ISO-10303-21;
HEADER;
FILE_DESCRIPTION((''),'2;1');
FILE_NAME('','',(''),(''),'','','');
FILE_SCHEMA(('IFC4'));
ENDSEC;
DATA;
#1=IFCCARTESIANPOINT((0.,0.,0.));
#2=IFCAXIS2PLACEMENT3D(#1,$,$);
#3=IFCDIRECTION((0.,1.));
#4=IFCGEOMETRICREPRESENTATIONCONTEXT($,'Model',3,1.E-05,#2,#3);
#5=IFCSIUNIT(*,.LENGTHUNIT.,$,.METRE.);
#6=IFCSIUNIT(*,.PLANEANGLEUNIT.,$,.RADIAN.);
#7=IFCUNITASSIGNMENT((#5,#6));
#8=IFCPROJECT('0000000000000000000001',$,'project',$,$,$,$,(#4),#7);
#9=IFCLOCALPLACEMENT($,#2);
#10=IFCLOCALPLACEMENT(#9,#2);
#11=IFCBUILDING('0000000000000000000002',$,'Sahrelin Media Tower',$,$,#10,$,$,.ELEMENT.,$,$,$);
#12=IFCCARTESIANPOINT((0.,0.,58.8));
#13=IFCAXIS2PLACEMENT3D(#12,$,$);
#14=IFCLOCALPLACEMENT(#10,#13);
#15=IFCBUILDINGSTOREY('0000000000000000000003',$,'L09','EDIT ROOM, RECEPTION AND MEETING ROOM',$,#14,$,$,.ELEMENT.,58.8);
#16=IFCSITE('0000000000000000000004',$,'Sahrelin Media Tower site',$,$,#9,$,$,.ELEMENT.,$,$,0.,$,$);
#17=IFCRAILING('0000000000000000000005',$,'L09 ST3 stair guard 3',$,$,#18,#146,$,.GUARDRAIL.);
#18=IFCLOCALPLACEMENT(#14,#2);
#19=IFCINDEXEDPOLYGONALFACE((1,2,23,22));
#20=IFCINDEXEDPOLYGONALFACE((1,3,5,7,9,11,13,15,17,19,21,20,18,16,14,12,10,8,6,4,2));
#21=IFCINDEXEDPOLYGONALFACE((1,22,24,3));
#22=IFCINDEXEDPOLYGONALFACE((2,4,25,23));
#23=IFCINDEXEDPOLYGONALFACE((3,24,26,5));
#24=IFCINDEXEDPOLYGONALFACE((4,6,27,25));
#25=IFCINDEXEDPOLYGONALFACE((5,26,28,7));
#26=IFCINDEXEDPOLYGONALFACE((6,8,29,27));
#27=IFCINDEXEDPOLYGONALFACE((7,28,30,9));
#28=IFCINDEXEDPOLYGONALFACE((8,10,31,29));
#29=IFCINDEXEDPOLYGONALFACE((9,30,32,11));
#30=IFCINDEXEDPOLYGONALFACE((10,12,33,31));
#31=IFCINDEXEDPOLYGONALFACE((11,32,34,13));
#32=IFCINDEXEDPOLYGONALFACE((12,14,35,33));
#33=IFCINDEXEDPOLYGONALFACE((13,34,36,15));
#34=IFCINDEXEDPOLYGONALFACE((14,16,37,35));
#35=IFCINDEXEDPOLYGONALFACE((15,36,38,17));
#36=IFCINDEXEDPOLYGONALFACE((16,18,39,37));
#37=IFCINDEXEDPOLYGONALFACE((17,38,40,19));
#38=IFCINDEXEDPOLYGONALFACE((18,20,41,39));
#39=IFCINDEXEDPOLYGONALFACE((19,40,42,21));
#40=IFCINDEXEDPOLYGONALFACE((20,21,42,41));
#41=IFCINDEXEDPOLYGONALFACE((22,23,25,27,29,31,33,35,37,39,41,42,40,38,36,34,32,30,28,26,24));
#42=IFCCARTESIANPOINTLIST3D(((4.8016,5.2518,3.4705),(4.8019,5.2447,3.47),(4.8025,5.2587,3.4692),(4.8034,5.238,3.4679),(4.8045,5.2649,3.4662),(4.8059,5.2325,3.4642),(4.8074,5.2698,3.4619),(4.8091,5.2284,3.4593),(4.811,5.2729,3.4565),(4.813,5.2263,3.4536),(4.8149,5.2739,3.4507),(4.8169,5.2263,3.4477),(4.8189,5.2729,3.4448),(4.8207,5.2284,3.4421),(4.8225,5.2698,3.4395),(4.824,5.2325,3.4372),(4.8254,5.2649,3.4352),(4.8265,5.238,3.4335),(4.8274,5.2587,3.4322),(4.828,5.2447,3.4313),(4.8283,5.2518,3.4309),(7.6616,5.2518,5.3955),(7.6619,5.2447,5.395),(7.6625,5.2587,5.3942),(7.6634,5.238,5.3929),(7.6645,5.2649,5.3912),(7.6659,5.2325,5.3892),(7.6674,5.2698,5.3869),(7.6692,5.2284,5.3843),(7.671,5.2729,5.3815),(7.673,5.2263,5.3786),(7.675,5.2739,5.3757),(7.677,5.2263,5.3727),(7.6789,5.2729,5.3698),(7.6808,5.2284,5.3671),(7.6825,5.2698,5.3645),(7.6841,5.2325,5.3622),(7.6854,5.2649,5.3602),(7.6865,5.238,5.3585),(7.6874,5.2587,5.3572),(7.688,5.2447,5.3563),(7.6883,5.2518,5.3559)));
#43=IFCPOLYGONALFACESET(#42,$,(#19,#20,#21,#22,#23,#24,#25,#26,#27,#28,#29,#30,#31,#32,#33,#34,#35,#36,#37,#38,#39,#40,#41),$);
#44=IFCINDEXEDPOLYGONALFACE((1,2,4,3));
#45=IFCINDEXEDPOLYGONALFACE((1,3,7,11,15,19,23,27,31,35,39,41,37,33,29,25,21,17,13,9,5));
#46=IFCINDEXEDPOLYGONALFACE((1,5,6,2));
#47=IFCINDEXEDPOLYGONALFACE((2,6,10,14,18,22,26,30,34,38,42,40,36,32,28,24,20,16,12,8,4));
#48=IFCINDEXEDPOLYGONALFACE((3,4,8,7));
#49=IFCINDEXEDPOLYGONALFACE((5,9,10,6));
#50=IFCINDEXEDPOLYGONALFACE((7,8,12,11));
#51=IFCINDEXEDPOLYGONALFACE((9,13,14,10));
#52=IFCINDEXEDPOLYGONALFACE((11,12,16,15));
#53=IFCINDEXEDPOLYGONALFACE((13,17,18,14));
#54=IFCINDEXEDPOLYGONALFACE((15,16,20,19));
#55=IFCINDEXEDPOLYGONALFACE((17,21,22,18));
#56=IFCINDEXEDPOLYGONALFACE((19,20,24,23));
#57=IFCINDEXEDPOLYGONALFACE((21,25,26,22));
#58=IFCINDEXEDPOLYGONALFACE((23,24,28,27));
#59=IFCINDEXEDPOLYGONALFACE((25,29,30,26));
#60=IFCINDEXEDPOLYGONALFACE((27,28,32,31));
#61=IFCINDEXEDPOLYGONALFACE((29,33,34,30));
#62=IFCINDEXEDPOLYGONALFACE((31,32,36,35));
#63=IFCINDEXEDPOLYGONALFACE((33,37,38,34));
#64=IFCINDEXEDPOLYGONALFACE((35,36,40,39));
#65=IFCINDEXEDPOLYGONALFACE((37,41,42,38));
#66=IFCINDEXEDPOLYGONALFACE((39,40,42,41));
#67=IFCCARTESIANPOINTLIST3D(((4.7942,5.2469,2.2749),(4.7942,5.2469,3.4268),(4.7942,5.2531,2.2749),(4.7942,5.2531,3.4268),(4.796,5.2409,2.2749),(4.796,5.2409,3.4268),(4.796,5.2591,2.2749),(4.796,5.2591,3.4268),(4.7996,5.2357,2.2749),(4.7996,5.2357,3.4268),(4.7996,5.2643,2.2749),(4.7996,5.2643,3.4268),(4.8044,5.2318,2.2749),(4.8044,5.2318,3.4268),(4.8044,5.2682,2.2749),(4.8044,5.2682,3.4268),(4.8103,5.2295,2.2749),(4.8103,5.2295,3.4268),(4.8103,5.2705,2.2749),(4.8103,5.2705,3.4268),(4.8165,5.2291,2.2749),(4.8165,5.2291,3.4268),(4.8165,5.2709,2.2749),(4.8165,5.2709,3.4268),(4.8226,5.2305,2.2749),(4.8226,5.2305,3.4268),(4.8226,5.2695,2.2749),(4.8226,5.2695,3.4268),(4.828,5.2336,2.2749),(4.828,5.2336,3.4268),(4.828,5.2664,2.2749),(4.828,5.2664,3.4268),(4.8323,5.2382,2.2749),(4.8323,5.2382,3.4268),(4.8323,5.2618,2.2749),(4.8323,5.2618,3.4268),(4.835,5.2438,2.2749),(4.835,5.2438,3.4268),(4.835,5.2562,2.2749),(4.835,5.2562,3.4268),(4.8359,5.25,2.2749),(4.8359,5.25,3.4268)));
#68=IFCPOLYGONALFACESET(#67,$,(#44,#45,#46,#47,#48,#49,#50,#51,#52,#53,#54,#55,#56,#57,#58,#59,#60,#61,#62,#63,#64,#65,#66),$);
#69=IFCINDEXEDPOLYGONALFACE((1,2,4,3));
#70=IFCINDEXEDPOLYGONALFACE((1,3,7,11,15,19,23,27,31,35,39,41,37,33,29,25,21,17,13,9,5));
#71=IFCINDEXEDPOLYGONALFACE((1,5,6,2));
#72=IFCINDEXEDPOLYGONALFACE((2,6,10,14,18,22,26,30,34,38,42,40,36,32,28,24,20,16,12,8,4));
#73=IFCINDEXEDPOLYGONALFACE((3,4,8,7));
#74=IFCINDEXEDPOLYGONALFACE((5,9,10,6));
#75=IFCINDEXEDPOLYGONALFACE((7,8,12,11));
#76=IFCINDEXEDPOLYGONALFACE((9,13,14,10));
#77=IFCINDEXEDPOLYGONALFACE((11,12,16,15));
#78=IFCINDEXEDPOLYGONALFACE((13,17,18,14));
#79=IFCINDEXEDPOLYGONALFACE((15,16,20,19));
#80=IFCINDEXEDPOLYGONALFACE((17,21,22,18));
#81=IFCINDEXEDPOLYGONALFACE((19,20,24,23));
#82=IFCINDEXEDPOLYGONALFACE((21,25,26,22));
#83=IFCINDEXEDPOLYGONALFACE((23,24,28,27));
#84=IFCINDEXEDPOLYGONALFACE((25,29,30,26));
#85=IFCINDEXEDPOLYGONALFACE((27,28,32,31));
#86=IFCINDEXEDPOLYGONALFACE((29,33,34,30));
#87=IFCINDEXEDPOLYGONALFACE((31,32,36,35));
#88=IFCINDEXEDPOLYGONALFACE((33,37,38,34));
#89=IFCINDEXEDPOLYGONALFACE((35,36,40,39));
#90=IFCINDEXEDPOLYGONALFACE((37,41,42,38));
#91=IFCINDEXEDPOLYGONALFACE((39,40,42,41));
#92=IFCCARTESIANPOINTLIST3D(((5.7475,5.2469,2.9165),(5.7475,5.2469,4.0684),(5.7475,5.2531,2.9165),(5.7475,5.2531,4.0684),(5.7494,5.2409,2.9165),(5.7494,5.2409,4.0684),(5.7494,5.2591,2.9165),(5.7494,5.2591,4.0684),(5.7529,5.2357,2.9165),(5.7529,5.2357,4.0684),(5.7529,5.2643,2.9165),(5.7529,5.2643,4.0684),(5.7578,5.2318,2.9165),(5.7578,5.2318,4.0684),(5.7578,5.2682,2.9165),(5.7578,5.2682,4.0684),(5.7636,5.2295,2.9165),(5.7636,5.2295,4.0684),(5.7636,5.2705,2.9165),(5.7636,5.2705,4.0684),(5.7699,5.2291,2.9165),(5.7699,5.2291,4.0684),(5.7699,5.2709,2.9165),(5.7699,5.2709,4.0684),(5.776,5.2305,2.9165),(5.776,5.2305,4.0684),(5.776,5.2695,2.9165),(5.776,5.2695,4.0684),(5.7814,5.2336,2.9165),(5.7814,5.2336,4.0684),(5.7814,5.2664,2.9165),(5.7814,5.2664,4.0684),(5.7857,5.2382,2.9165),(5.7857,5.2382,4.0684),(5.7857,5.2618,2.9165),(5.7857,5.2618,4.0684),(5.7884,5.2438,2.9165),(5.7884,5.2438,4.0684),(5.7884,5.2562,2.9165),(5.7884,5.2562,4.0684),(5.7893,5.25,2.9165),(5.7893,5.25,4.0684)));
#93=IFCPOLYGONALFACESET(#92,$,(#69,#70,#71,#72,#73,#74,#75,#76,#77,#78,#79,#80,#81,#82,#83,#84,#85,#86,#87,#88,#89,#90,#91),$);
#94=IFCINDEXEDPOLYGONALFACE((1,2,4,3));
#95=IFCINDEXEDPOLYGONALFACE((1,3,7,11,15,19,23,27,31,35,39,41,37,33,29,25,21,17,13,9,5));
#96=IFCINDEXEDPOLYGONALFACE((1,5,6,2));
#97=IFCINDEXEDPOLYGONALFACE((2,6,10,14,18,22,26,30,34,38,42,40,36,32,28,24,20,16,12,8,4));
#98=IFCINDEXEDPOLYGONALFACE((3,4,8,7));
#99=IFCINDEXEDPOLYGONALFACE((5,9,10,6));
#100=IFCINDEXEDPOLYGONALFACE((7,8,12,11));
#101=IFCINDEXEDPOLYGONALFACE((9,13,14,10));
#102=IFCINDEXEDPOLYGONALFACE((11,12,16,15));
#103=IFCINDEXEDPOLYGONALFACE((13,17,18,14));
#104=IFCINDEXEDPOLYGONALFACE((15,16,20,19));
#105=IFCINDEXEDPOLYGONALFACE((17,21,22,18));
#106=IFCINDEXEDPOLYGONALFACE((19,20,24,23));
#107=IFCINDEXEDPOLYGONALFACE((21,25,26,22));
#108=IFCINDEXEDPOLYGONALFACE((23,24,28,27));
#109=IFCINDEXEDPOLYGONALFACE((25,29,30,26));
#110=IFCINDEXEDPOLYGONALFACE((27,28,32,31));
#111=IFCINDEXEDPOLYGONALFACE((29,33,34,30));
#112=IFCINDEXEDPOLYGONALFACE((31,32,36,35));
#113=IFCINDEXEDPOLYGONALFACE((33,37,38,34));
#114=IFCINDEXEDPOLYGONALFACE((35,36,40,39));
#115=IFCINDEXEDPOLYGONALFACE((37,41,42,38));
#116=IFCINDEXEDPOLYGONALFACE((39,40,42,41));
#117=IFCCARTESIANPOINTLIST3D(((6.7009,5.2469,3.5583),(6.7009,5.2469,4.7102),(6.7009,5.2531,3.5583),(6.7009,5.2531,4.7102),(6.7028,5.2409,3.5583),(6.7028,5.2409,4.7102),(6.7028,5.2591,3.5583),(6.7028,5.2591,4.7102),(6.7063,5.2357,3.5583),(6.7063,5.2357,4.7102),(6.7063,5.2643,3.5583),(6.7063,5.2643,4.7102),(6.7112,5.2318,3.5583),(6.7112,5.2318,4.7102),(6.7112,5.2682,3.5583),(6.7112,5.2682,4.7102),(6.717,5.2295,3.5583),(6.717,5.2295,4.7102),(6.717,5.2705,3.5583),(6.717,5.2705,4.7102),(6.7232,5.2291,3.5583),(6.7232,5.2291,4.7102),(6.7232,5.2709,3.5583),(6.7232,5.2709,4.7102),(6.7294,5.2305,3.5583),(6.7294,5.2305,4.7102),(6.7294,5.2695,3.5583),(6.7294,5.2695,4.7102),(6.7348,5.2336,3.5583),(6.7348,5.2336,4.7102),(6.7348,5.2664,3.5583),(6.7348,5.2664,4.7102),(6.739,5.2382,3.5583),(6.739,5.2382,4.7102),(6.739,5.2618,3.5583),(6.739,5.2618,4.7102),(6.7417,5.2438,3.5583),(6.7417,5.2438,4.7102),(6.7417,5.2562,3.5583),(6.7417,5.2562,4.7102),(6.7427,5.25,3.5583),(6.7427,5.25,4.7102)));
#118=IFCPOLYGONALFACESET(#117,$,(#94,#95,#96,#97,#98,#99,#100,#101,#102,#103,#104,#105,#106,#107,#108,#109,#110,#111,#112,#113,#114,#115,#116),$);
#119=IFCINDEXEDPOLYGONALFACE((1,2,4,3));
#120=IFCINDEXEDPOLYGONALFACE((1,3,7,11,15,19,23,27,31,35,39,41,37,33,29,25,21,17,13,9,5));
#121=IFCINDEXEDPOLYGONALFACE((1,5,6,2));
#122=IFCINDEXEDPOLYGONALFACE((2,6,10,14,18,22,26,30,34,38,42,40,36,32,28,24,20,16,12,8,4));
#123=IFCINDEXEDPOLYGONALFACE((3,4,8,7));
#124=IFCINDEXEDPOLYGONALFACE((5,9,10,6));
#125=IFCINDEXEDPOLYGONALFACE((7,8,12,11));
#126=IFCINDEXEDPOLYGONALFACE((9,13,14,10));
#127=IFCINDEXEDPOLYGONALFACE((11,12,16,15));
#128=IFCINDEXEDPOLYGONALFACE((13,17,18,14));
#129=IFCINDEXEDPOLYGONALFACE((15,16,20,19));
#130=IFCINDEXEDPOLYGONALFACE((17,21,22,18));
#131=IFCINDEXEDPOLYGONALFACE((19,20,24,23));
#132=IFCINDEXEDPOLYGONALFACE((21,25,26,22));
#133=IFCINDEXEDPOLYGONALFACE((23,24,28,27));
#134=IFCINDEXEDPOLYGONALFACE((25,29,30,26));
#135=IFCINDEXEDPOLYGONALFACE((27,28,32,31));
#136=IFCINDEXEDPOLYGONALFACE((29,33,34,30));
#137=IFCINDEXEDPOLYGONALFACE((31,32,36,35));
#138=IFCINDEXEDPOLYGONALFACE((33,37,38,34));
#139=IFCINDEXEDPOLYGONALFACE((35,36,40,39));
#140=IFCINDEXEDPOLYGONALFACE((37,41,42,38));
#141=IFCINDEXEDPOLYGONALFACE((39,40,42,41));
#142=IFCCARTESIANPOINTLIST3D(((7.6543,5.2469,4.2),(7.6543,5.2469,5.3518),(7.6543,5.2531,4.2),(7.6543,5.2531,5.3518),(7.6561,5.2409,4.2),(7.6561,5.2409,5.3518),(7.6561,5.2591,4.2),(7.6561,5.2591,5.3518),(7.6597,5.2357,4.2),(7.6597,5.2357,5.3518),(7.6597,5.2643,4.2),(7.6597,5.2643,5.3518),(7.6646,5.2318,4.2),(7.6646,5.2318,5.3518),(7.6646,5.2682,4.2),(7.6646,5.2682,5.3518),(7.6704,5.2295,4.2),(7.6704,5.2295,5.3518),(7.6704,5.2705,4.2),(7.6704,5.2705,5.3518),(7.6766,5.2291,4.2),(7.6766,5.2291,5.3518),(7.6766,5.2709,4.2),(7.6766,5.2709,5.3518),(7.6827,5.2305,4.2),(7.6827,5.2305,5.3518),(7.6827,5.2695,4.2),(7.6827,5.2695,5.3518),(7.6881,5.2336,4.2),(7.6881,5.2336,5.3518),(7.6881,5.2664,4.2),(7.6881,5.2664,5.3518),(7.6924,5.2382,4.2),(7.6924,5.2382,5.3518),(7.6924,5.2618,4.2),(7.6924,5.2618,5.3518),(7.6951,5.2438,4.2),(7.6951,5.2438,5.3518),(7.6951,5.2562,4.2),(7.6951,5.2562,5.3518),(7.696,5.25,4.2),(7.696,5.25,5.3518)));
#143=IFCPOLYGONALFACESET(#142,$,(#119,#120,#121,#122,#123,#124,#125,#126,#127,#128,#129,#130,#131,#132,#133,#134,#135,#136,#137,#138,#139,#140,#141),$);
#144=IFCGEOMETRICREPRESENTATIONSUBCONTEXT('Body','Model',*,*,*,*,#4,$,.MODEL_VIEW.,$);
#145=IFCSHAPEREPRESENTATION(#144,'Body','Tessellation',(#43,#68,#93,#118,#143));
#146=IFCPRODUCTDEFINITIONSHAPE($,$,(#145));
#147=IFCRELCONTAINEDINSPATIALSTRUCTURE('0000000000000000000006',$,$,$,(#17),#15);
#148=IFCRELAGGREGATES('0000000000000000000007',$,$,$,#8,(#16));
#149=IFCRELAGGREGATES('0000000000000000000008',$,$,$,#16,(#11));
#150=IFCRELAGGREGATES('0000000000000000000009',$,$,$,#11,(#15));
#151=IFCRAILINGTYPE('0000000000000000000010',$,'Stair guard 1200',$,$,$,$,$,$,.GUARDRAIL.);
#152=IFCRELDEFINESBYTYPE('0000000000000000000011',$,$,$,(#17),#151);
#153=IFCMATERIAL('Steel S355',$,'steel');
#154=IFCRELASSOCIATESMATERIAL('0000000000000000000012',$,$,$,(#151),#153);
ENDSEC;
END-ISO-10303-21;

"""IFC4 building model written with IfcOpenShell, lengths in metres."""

from ifc_helpers import new_model, si_unit, direction, frame, origin, origin_2d, place, context, subcontext, project, spatial, circle, extrude, material, type_object, element, save


model = new_model("IFC4")

# Units and contexts
model_context = context("Model", 3, precision=1e-05, world=origin(), true_north=direction((0.0, 1.0)))
body_context = subcontext(model_context, "Body", "Model", "MODEL_VIEW")
ifc_project = project(units=[si_unit("LENGTHUNIT", "METRE"), si_unit("PLANEANGLEUNIT", "RADIAN")], contexts=[model_context])

# Site, building, storey
site_placement = place(None, origin())
site = spatial("IfcSite", under=ifc_project, at=site_placement, Name="Sahrelin Media Tower site", CompositionType="ELEMENT", RefElevation=0.0)
building_placement = place(site_placement, origin())
building = spatial("IfcBuilding", under=site, at=building_placement, Name="Sahrelin Media Tower", CompositionType="ELEMENT")
storey_placement = place(building_placement, frame((0.0, 0.0, 58.8)))
storey = spatial("IfcBuildingStorey", under=building, at=storey_placement, Name="L09", Description="EDIT ROOM, RECEPTION AND MEETING ROOM", CompositionType="ELEMENT", Elevation=58.8)

# Shared definitions
ifc_material_1 = material(Name="Steel S355", Category="steel")

# Railing
railing_type_1 = type_object("IfcRailingType", Name="Stair guard 1200", PredefinedType="GUARDRAIL", material=ifc_material_1)
railing_1_placement = place(storey_placement, frame((4.8149, 5.25, 2.2749)))
element("IfcRailing", 1, at=railing_1_placement, inside=storey, type_object=railing_type_1, Name="L09 ST3 stair guard 3", PredefinedType="GUARDRAIL", context=body_context, shape_type="SweptSolid", body=[
    extrude(circle(Radius=0.0239, at=origin_2d()), frame((0.0, 0.0, 1.1758), z_axis=(0.829591, 0.0, 0.558372), x_axis=(0.0, 1.0, 0.0)), (0.0, 0.0, 1.0), 3.4475),
    extrude(circle(Radius=0.021, at=origin_2d()), origin(), (0.0, 0.0, 1.0), 1.1519),
    extrude(circle(Radius=0.021, at=origin_2d()), frame((0.9534, 0.0, 0.6416)), (0.0, 0.0, 1.0), 1.1519),
    extrude(circle(Radius=0.021, at=origin_2d()), frame((1.9067, 0.0, 1.2834)), (0.0, 0.0, 1.0), 1.1519),
    extrude(circle(Radius=0.021, at=origin_2d()), frame((2.8601, 0.0, 1.925)), (0.0, 0.0, 1.0), 1.1519),
])

save(model, "model.ifc")
